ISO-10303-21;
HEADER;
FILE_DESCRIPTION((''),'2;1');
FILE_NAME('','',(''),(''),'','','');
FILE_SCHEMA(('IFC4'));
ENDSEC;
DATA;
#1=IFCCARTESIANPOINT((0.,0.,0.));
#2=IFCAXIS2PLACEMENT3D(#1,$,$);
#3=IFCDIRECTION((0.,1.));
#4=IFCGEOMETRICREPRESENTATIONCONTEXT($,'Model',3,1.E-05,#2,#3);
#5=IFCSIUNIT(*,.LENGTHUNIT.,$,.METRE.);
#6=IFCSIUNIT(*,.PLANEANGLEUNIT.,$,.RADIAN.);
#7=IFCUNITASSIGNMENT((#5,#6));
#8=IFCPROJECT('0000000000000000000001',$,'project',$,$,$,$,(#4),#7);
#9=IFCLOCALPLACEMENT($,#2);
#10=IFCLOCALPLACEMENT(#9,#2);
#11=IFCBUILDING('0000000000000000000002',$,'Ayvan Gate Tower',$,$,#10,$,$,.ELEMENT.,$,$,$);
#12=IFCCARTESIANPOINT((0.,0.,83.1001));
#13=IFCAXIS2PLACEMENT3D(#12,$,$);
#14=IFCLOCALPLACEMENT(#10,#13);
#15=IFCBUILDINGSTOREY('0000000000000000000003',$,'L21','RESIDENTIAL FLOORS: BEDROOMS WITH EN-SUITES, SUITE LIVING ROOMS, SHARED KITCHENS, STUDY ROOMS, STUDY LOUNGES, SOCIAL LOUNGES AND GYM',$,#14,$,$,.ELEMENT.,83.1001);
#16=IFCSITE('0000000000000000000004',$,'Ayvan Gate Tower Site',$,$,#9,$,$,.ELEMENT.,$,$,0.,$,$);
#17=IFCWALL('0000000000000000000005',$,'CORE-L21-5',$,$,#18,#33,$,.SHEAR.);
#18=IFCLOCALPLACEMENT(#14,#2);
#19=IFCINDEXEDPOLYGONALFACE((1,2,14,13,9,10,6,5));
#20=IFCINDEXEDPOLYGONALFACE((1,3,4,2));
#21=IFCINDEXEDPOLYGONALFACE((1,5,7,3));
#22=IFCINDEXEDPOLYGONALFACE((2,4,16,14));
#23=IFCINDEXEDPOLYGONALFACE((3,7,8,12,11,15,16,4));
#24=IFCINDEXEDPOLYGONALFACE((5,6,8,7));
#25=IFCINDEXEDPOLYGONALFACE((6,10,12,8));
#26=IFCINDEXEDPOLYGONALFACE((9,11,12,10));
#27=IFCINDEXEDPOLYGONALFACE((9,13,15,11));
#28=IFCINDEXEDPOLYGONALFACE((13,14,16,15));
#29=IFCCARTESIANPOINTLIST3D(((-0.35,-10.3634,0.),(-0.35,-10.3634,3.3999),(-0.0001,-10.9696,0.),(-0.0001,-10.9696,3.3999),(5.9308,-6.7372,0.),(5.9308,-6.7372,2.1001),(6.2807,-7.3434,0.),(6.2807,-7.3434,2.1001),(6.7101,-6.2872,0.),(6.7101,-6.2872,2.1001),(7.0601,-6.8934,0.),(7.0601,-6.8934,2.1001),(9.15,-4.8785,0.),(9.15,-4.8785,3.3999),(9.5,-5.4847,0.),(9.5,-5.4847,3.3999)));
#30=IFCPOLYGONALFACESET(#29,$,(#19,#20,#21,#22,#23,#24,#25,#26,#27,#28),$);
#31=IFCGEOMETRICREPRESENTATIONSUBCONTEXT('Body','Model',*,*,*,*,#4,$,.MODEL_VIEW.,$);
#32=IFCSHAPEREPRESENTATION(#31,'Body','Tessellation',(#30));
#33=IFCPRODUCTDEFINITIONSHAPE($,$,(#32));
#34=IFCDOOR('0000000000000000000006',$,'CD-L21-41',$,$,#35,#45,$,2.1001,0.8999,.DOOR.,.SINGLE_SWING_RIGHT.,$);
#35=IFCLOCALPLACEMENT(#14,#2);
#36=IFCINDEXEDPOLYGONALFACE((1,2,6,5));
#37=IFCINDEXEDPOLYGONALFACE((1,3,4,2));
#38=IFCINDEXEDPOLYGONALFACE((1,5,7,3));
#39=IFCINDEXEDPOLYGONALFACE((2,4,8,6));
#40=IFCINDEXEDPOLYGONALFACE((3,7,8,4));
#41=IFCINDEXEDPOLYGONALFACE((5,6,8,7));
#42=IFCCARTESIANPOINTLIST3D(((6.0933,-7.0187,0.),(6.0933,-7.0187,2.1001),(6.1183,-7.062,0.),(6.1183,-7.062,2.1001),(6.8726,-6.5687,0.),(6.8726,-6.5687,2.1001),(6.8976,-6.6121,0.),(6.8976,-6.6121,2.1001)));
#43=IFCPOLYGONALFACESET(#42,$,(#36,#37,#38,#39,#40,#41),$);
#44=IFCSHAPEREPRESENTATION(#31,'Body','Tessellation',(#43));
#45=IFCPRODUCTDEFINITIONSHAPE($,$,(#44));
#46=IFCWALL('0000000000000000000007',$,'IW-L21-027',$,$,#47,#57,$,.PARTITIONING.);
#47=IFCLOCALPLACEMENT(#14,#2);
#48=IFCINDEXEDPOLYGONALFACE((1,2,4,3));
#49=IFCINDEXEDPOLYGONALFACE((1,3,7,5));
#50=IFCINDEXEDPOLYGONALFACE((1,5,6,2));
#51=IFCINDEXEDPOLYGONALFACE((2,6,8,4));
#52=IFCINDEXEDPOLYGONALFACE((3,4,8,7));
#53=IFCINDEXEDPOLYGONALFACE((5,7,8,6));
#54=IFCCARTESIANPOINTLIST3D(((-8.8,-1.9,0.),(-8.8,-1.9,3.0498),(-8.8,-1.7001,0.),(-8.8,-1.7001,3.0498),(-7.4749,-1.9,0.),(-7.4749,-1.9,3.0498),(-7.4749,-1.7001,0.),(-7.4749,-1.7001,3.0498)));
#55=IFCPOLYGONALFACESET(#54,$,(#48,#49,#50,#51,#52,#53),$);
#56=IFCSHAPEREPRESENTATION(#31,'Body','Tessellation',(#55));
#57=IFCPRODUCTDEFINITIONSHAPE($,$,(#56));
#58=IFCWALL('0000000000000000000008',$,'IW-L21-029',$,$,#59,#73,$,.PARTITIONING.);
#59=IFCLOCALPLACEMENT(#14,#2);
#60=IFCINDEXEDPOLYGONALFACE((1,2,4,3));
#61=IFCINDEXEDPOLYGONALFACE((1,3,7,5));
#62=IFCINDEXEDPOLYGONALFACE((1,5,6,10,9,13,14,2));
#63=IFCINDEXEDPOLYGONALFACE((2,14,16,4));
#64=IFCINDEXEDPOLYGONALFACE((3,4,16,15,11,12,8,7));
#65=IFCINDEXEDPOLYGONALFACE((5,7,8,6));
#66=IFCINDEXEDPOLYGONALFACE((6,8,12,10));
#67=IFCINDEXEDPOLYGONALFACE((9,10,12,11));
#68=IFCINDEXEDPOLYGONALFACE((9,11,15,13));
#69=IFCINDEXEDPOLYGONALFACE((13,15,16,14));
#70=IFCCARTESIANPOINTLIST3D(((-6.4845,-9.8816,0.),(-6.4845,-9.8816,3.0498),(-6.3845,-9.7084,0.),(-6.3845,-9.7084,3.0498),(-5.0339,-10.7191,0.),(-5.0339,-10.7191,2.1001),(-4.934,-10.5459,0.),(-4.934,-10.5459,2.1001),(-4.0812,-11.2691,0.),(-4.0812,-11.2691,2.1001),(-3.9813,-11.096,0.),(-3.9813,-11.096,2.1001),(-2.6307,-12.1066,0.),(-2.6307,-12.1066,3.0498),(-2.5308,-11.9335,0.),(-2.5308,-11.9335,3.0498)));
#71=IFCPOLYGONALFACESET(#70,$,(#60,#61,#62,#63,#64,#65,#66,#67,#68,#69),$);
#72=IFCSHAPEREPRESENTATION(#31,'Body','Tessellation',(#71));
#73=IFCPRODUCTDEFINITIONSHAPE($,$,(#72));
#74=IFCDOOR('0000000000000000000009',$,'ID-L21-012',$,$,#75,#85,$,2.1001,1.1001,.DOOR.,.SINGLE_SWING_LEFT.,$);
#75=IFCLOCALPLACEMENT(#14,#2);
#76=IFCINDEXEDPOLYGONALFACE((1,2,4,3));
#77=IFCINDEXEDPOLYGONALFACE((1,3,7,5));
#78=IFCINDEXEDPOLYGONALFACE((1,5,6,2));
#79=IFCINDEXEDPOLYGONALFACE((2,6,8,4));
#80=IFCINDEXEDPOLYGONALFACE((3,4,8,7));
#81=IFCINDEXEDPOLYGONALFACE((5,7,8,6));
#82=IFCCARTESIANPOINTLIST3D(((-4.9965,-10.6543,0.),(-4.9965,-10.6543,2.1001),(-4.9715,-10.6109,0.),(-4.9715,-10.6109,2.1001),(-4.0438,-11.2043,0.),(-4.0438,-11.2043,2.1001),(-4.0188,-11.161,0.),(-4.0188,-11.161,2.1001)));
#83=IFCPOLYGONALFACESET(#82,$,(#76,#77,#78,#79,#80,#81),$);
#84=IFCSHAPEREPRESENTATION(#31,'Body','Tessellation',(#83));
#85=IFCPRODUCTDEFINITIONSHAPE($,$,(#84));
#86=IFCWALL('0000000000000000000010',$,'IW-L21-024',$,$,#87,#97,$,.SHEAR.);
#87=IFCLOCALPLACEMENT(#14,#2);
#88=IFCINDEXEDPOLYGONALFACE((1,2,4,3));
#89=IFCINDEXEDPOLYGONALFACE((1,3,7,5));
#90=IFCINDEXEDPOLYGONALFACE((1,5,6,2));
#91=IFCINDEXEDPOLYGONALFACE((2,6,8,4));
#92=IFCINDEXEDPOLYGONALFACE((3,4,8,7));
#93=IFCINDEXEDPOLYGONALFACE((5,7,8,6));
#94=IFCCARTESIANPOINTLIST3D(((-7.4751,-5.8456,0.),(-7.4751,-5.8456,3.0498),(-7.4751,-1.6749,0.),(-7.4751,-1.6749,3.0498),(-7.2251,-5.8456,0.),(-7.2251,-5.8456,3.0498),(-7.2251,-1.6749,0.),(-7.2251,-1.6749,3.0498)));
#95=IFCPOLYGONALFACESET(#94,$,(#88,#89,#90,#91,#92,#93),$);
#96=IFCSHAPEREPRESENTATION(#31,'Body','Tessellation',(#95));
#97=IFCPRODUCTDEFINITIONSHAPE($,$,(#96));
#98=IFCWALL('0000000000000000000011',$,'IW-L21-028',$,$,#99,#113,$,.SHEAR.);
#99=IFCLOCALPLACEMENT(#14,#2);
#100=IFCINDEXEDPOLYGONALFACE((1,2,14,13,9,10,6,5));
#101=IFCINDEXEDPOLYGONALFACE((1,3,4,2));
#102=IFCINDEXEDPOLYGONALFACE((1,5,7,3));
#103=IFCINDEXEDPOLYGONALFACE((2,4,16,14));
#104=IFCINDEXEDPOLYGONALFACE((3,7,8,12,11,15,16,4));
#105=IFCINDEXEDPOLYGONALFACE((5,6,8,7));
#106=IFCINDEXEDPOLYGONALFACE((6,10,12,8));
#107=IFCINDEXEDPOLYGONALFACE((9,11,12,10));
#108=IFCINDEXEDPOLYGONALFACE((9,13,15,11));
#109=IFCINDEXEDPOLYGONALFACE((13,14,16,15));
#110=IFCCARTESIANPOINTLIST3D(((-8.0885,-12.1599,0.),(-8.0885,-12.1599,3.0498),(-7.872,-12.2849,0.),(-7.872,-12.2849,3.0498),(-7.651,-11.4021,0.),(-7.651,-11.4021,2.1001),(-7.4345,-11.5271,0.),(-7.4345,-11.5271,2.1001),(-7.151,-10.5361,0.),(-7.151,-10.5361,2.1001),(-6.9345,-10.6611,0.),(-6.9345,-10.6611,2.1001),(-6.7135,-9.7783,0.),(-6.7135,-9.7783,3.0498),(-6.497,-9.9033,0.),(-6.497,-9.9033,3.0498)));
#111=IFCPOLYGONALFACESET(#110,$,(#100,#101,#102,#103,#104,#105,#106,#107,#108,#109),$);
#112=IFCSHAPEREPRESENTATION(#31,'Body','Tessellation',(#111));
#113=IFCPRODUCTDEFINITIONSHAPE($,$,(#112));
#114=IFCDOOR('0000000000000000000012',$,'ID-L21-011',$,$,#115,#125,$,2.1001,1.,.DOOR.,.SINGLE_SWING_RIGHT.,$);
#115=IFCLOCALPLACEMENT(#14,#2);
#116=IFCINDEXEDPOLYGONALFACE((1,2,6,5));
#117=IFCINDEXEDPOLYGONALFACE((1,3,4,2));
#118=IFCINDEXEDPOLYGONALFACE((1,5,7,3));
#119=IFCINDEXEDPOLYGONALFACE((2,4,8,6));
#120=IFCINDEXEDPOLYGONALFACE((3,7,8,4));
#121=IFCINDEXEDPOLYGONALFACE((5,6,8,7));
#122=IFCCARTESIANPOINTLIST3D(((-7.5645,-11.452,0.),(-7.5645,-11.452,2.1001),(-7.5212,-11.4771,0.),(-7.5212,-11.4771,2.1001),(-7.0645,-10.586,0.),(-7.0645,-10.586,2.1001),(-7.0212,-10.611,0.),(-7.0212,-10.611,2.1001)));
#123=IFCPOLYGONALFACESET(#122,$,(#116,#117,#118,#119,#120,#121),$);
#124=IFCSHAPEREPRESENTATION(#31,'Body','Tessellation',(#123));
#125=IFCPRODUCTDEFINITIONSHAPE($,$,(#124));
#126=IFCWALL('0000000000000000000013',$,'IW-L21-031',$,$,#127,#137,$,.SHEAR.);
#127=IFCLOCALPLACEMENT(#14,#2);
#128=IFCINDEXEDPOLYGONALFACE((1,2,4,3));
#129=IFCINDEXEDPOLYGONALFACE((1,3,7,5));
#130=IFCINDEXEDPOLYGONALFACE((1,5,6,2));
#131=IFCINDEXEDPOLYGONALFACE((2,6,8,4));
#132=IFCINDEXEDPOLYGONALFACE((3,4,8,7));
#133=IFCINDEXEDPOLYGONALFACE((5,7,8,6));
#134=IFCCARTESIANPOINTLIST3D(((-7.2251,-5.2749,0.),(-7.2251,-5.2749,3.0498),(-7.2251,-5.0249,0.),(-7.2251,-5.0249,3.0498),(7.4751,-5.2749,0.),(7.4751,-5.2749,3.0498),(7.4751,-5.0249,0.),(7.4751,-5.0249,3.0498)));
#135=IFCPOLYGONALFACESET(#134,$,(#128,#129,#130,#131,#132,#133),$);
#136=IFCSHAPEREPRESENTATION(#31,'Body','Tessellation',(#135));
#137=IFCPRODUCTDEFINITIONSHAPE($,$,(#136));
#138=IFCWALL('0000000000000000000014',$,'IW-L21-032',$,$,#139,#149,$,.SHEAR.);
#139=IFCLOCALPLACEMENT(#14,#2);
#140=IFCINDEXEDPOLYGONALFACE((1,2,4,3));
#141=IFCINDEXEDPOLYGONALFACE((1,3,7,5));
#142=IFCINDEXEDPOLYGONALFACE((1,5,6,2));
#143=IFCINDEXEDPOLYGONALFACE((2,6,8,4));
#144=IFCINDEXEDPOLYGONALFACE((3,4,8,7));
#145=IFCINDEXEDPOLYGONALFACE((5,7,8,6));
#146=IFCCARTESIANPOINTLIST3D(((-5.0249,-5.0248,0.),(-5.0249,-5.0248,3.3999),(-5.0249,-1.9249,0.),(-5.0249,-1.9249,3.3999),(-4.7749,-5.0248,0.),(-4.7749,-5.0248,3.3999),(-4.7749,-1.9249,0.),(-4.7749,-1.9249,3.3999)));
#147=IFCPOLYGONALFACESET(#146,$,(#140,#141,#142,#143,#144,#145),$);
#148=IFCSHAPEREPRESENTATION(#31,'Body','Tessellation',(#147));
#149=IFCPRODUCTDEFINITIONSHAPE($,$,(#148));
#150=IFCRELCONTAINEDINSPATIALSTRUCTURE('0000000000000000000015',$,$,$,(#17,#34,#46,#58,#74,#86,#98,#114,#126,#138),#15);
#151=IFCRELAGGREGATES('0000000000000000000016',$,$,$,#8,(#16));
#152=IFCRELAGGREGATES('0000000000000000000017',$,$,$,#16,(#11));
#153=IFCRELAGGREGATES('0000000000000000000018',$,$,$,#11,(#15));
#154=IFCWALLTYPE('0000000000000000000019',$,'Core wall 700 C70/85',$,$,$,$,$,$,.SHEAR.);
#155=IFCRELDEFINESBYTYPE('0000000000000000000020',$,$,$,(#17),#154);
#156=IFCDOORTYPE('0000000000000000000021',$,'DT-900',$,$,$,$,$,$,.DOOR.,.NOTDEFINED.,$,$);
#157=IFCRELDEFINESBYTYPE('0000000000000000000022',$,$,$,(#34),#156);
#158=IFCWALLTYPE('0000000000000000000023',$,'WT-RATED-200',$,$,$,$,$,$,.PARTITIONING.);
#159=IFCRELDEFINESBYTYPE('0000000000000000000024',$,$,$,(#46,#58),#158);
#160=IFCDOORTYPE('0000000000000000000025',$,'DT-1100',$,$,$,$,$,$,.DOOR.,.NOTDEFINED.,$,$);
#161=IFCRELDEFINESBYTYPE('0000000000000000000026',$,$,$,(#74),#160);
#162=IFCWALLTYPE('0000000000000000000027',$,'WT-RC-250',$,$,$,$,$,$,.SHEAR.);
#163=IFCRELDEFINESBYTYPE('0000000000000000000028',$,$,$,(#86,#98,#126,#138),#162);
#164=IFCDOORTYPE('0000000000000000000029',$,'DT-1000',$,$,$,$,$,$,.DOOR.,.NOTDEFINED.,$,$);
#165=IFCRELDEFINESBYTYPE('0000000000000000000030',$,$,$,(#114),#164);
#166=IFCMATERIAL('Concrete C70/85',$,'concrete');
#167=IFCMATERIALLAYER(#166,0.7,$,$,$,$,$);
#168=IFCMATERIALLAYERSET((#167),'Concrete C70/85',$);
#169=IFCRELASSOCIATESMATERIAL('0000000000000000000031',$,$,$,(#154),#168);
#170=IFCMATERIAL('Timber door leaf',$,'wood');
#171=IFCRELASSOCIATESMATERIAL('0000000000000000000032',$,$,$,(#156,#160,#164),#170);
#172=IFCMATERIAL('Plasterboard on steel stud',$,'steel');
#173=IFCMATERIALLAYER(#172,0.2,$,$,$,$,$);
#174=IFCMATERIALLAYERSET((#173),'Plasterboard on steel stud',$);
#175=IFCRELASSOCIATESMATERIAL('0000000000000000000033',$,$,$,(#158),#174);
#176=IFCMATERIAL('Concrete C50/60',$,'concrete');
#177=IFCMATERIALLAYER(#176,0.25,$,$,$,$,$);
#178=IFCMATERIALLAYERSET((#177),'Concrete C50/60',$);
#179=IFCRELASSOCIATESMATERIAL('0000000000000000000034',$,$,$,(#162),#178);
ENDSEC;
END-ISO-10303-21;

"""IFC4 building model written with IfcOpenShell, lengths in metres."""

from ifc_helpers import new_model, si_unit, direction, frame, frame_2d, origin, place, context, subcontext, project, spatial, rectangle, extrude, material, layer, layer_set, type_object, element, fill, save


model = new_model("IFC4")

# Units and contexts
model_context = context("Model", 3, precision=1e-05, world=origin(), true_north=direction((0.0, 1.0)))
body_context = subcontext(model_context, "Body", "Model", "MODEL_VIEW")
ifc_project = project(units=[si_unit("LENGTHUNIT", "METRE"), si_unit("PLANEANGLEUNIT", "RADIAN")], contexts=[model_context])

# Site, building, storey
site_placement = place(None, origin())
site = spatial("IfcSite", under=ifc_project, at=site_placement, Name="Ayvan Gate Tower Site", CompositionType="ELEMENT", RefElevation=0.0)
building_placement = place(site_placement, origin())
building = spatial("IfcBuilding", under=site, at=building_placement, Name="Ayvan Gate Tower", CompositionType="ELEMENT")
storey_placement = place(building_placement, frame((0.0, 0.0, 83.1001)))
storey = spatial("IfcBuildingStorey", under=building, at=storey_placement, Name="L21", Description="RESIDENTIAL FLOORS: BEDROOMS WITH EN-SUITES, SUITE LIVING ROOMS, SHARED KITCHENS, STUDY ROOMS, STUDY LOUNGES, SOCIAL LOUNGES AND GYM", CompositionType="ELEMENT", Elevation=83.1001)

# Wall, opening, door
ifc_material_1 = material(Name="Concrete C70/85", Category="concrete")
ifc_layer_1 = layer(ifc_material_1, 0.7)
ifc_layer_set_1 = layer_set([ifc_layer_1], Name="Concrete C70/85")
wall_type_1 = type_object("IfcWallType", Name="Core wall 700 C70/85", PredefinedType="SHEAR", material=ifc_layer_set_1)
wall_1_placement = place(storey_placement, frame((-0.175, -10.6665, 0.0), z_axis=(0.0, 0.0, 1.0), x_axis=(0.866024, 0.500002, 0.0)))
wall_1 = element("IfcWall", 1, at=wall_1_placement, inside=storey, type_object=wall_type_1, Name="CORE-L21-5", PredefinedType="SHEAR", context=body_context, shape_type="SweptSolid", body=[
    extrude(rectangle(XDim=10.9697, YDim=0.7, at=frame_2d((5.4849, 0.0))), origin(), (0.0, 0.0, 1.0), 3.3999),
])
opening_1_placement = place(wall_1_placement, frame((7.2524, 0.0, 0.0)))
opening_1 = element("IfcOpeningElement", 2, at=opening_1_placement, cuts=wall_1, PredefinedType="OPENING", context=body_context, shape_type="SweptSolid", body=[
    extrude(rectangle(XDim=0.8999, YDim=2.1001, at=frame_2d((0.45, 1.05))), frame((0.0, 0.3599, 0.0), z_axis=(0.0, -1.0, 0.0), x_axis=(1.0, 0.0, 0.0)), (0.0, 0.0, 1.0), 0.72),
])
ifc_material_2 = material(Name="Timber door leaf", Category="wood")
door_type_1 = type_object("IfcDoorType", Name="DT-900", OperationType="NOTDEFINED", PredefinedType="DOOR", material=ifc_material_2)
door_1_placement = place(opening_1_placement, origin())
door_1 = element("IfcDoor", 3, at=door_1_placement, inside=storey, type_object=door_type_1, Name="CD-L21-41", OperationType="SINGLE_SWING_RIGHT", OverallHeight=2.1001, OverallWidth=0.8999, PredefinedType="DOOR", context=body_context, shape_type="SweptSolid", body=[
    extrude(rectangle(XDim=0.8999, YDim=2.1001, at=frame_2d((0.45, 1.05))), frame((0.0, 0.0249, 0.0), z_axis=(0.0, -1.0, 0.0), x_axis=(1.0, 0.0, 0.0)), (0.0, 0.0, 1.0), 0.05),
])
fill(opening_1, door_1)

# Wall
ifc_material_3 = material(Name="Plasterboard on steel stud", Category="steel")
ifc_layer_2 = layer(ifc_material_3, 0.2)
ifc_layer_set_2 = layer_set([ifc_layer_2], Name="Plasterboard on steel stud")
wall_type_2 = type_object("IfcWallType", Name="WT-RATED-200", PredefinedType="PARTITIONING", material=ifc_layer_set_2)
wall_2_placement = place(storey_placement, frame((-7.4749, -1.8, 0.0), z_axis=(0.0, 0.0, 1.0), x_axis=(-1.0, 0.0, 0.0)))
element("IfcWall", 4, at=wall_2_placement, inside=storey, type_object=wall_type_2, Name="IW-L21-027", PredefinedType="PARTITIONING", context=body_context, shape_type="SweptSolid", body=[
    extrude(rectangle(XDim=1.3252, YDim=0.2, at=frame_2d((0.6626, 0.0))), origin(), (0.0, 0.0, 1.0), 3.0498),
])

# Wall, opening, door
wall_3_placement = place(storey_placement, frame((-6.4346, -9.7949, 0.0), z_axis=(0.0, 0.0, 1.0), x_axis=(0.866013, -0.500022, 0.0)))
wall_3 = element("IfcWall", 5, at=wall_3_placement, inside=storey, type_object=wall_type_2, Name="IW-L21-029", PredefinedType="PARTITIONING", context=body_context, shape_type="SweptSolid", body=[
    extrude(rectangle(XDim=4.45, YDim=0.2, at=frame_2d((2.2251, 0.0))), origin(), (0.0, 0.0, 1.0), 3.0498),
])
opening_2_placement = place(wall_3_placement, frame((1.675, 0.0, 0.0)))
opening_2 = element("IfcOpeningElement", 6, at=opening_2_placement, cuts=wall_3, PredefinedType="OPENING", context=body_context, shape_type="SweptSolid", body=[
    extrude(rectangle(XDim=1.1001, YDim=2.1001, at=frame_2d((0.55, 1.05))), frame((0.0, 0.1099, 0.0), z_axis=(0.0, -1.0, 0.0), x_axis=(1.0, 0.0, 0.0)), (0.0, 0.0, 1.0), 0.22),
])
door_type_2 = type_object("IfcDoorType", Name="DT-1100", OperationType="NOTDEFINED", PredefinedType="DOOR", material=ifc_material_2)
door_2_placement = place(opening_2_placement, origin())
door_2 = element("IfcDoor", 7, at=door_2_placement, inside=storey, type_object=door_type_2, Name="ID-L21-012", OperationType="SINGLE_SWING_LEFT", OverallHeight=2.1001, OverallWidth=1.1001, PredefinedType="DOOR", context=body_context, shape_type="SweptSolid", body=[
    extrude(rectangle(XDim=1.1001, YDim=2.1001, at=frame_2d((0.55, 1.05))), frame((0.0, 0.0249, 0.0), z_axis=(0.0, -1.0, 0.0), x_axis=(1.0, 0.0, 0.0)), (0.0, 0.0, 1.0), 0.05),
])
fill(opening_2, door_2)

# Wall
ifc_material_4 = material(Name="Concrete C50/60", Category="concrete")
ifc_layer_3 = layer(ifc_material_4, 0.25)
ifc_layer_set_3 = layer_set([ifc_layer_3], Name="Concrete C50/60")
wall_type_3 = type_object("IfcWallType", Name="WT-RC-250", PredefinedType="SHEAR", material=ifc_layer_set_3)
wall_4_placement = place(storey_placement, frame((-7.3501, -5.8457, 0.0), z_axis=(0.0, 0.0, 1.0), x_axis=(0.0, 1.0, 0.0)))
element("IfcWall", 8, at=wall_4_placement, inside=storey, type_object=wall_type_3, Name="IW-L21-024", PredefinedType="SHEAR", context=body_context, shape_type="SweptSolid", body=[
    extrude(rectangle(XDim=4.1707, YDim=0.25, at=frame_2d((2.0854, 0.0))), origin(), (0.0, 0.0, 1.0), 3.0498),
])

# Wall, opening, door
wall_5_placement = place(storey_placement, frame((-6.6052, -9.8408, 0.0), z_axis=(0.0, 0.0, 1.0), x_axis=(-0.499997, -0.866027, 0.0)))
wall_5 = element("IfcWall", 9, at=wall_5_placement, inside=storey, type_object=wall_type_3, Name="IW-L21-028", PredefinedType="SHEAR", context=body_context, shape_type="SweptSolid", body=[
    extrude(rectangle(XDim=2.75, YDim=0.25, at=frame_2d((1.375, 0.0))), origin(), (0.0, 0.0, 1.0), 3.0498),
])
opening_3_placement = place(wall_5_placement, frame((0.875, 0.0, 0.0)))
opening_3 = element("IfcOpeningElement", 10, at=opening_3_placement, cuts=wall_5, PredefinedType="OPENING", context=body_context, shape_type="SweptSolid", body=[
    extrude(rectangle(XDim=1.0, YDim=2.1001, at=frame_2d((0.5, 1.05))), frame((0.0, 0.135, 0.0), z_axis=(0.0, -1.0, 0.0), x_axis=(1.0, 0.0, 0.0)), (0.0, 0.0, 1.0), 0.27),
])
door_type_3 = type_object("IfcDoorType", Name="DT-1000", OperationType="NOTDEFINED", PredefinedType="DOOR", material=ifc_material_2)
door_3_placement = place(opening_3_placement, origin())
door_3 = element("IfcDoor", 11, at=door_3_placement, inside=storey, type_object=door_type_3, Name="ID-L21-011", OperationType="SINGLE_SWING_RIGHT", OverallHeight=2.1001, OverallWidth=1.0, PredefinedType="DOOR", context=body_context, shape_type="SweptSolid", body=[
    extrude(rectangle(XDim=1.0, YDim=2.1001, at=frame_2d((0.5, 1.05))), frame((0.0, 0.0249, 0.0), z_axis=(0.0, -1.0, 0.0), x_axis=(1.0, 0.0, 0.0)), (0.0, 0.0, 1.0), 0.05),
])
fill(opening_3, door_3)

# Walls
wall_6_placement = place(storey_placement, frame((-7.2251, -5.1499, 0.0), z_axis=(0.0, 0.0, 1.0), x_axis=(1.0, 0.0, 0.0)))
element("IfcWall", 12, at=wall_6_placement, inside=storey, type_object=wall_type_3, Name="IW-L21-031", PredefinedType="SHEAR", context=body_context, shape_type="SweptSolid", body=[
    extrude(rectangle(XDim=14.7002, YDim=0.25, at=frame_2d((7.3501, 0.0))), origin(), (0.0, 0.0, 1.0), 3.0498),
])
wall_7_placement = place(storey_placement, frame((-4.8999, -1.925, 0.0), z_axis=(0.0, 0.0, 1.0), x_axis=(0.0, -1.0, 0.0)))
element("IfcWall", 13, at=wall_7_placement, inside=storey, type_object=wall_type_3, Name="IW-L21-032", PredefinedType="SHEAR", context=body_context, shape_type="SweptSolid", body=[
    extrude(rectangle(XDim=3.0999, YDim=0.25, at=frame_2d((1.5498, 0.0))), origin(), (0.0, 0.0, 1.0), 3.3999),
])

save(model, "model.ifc")
